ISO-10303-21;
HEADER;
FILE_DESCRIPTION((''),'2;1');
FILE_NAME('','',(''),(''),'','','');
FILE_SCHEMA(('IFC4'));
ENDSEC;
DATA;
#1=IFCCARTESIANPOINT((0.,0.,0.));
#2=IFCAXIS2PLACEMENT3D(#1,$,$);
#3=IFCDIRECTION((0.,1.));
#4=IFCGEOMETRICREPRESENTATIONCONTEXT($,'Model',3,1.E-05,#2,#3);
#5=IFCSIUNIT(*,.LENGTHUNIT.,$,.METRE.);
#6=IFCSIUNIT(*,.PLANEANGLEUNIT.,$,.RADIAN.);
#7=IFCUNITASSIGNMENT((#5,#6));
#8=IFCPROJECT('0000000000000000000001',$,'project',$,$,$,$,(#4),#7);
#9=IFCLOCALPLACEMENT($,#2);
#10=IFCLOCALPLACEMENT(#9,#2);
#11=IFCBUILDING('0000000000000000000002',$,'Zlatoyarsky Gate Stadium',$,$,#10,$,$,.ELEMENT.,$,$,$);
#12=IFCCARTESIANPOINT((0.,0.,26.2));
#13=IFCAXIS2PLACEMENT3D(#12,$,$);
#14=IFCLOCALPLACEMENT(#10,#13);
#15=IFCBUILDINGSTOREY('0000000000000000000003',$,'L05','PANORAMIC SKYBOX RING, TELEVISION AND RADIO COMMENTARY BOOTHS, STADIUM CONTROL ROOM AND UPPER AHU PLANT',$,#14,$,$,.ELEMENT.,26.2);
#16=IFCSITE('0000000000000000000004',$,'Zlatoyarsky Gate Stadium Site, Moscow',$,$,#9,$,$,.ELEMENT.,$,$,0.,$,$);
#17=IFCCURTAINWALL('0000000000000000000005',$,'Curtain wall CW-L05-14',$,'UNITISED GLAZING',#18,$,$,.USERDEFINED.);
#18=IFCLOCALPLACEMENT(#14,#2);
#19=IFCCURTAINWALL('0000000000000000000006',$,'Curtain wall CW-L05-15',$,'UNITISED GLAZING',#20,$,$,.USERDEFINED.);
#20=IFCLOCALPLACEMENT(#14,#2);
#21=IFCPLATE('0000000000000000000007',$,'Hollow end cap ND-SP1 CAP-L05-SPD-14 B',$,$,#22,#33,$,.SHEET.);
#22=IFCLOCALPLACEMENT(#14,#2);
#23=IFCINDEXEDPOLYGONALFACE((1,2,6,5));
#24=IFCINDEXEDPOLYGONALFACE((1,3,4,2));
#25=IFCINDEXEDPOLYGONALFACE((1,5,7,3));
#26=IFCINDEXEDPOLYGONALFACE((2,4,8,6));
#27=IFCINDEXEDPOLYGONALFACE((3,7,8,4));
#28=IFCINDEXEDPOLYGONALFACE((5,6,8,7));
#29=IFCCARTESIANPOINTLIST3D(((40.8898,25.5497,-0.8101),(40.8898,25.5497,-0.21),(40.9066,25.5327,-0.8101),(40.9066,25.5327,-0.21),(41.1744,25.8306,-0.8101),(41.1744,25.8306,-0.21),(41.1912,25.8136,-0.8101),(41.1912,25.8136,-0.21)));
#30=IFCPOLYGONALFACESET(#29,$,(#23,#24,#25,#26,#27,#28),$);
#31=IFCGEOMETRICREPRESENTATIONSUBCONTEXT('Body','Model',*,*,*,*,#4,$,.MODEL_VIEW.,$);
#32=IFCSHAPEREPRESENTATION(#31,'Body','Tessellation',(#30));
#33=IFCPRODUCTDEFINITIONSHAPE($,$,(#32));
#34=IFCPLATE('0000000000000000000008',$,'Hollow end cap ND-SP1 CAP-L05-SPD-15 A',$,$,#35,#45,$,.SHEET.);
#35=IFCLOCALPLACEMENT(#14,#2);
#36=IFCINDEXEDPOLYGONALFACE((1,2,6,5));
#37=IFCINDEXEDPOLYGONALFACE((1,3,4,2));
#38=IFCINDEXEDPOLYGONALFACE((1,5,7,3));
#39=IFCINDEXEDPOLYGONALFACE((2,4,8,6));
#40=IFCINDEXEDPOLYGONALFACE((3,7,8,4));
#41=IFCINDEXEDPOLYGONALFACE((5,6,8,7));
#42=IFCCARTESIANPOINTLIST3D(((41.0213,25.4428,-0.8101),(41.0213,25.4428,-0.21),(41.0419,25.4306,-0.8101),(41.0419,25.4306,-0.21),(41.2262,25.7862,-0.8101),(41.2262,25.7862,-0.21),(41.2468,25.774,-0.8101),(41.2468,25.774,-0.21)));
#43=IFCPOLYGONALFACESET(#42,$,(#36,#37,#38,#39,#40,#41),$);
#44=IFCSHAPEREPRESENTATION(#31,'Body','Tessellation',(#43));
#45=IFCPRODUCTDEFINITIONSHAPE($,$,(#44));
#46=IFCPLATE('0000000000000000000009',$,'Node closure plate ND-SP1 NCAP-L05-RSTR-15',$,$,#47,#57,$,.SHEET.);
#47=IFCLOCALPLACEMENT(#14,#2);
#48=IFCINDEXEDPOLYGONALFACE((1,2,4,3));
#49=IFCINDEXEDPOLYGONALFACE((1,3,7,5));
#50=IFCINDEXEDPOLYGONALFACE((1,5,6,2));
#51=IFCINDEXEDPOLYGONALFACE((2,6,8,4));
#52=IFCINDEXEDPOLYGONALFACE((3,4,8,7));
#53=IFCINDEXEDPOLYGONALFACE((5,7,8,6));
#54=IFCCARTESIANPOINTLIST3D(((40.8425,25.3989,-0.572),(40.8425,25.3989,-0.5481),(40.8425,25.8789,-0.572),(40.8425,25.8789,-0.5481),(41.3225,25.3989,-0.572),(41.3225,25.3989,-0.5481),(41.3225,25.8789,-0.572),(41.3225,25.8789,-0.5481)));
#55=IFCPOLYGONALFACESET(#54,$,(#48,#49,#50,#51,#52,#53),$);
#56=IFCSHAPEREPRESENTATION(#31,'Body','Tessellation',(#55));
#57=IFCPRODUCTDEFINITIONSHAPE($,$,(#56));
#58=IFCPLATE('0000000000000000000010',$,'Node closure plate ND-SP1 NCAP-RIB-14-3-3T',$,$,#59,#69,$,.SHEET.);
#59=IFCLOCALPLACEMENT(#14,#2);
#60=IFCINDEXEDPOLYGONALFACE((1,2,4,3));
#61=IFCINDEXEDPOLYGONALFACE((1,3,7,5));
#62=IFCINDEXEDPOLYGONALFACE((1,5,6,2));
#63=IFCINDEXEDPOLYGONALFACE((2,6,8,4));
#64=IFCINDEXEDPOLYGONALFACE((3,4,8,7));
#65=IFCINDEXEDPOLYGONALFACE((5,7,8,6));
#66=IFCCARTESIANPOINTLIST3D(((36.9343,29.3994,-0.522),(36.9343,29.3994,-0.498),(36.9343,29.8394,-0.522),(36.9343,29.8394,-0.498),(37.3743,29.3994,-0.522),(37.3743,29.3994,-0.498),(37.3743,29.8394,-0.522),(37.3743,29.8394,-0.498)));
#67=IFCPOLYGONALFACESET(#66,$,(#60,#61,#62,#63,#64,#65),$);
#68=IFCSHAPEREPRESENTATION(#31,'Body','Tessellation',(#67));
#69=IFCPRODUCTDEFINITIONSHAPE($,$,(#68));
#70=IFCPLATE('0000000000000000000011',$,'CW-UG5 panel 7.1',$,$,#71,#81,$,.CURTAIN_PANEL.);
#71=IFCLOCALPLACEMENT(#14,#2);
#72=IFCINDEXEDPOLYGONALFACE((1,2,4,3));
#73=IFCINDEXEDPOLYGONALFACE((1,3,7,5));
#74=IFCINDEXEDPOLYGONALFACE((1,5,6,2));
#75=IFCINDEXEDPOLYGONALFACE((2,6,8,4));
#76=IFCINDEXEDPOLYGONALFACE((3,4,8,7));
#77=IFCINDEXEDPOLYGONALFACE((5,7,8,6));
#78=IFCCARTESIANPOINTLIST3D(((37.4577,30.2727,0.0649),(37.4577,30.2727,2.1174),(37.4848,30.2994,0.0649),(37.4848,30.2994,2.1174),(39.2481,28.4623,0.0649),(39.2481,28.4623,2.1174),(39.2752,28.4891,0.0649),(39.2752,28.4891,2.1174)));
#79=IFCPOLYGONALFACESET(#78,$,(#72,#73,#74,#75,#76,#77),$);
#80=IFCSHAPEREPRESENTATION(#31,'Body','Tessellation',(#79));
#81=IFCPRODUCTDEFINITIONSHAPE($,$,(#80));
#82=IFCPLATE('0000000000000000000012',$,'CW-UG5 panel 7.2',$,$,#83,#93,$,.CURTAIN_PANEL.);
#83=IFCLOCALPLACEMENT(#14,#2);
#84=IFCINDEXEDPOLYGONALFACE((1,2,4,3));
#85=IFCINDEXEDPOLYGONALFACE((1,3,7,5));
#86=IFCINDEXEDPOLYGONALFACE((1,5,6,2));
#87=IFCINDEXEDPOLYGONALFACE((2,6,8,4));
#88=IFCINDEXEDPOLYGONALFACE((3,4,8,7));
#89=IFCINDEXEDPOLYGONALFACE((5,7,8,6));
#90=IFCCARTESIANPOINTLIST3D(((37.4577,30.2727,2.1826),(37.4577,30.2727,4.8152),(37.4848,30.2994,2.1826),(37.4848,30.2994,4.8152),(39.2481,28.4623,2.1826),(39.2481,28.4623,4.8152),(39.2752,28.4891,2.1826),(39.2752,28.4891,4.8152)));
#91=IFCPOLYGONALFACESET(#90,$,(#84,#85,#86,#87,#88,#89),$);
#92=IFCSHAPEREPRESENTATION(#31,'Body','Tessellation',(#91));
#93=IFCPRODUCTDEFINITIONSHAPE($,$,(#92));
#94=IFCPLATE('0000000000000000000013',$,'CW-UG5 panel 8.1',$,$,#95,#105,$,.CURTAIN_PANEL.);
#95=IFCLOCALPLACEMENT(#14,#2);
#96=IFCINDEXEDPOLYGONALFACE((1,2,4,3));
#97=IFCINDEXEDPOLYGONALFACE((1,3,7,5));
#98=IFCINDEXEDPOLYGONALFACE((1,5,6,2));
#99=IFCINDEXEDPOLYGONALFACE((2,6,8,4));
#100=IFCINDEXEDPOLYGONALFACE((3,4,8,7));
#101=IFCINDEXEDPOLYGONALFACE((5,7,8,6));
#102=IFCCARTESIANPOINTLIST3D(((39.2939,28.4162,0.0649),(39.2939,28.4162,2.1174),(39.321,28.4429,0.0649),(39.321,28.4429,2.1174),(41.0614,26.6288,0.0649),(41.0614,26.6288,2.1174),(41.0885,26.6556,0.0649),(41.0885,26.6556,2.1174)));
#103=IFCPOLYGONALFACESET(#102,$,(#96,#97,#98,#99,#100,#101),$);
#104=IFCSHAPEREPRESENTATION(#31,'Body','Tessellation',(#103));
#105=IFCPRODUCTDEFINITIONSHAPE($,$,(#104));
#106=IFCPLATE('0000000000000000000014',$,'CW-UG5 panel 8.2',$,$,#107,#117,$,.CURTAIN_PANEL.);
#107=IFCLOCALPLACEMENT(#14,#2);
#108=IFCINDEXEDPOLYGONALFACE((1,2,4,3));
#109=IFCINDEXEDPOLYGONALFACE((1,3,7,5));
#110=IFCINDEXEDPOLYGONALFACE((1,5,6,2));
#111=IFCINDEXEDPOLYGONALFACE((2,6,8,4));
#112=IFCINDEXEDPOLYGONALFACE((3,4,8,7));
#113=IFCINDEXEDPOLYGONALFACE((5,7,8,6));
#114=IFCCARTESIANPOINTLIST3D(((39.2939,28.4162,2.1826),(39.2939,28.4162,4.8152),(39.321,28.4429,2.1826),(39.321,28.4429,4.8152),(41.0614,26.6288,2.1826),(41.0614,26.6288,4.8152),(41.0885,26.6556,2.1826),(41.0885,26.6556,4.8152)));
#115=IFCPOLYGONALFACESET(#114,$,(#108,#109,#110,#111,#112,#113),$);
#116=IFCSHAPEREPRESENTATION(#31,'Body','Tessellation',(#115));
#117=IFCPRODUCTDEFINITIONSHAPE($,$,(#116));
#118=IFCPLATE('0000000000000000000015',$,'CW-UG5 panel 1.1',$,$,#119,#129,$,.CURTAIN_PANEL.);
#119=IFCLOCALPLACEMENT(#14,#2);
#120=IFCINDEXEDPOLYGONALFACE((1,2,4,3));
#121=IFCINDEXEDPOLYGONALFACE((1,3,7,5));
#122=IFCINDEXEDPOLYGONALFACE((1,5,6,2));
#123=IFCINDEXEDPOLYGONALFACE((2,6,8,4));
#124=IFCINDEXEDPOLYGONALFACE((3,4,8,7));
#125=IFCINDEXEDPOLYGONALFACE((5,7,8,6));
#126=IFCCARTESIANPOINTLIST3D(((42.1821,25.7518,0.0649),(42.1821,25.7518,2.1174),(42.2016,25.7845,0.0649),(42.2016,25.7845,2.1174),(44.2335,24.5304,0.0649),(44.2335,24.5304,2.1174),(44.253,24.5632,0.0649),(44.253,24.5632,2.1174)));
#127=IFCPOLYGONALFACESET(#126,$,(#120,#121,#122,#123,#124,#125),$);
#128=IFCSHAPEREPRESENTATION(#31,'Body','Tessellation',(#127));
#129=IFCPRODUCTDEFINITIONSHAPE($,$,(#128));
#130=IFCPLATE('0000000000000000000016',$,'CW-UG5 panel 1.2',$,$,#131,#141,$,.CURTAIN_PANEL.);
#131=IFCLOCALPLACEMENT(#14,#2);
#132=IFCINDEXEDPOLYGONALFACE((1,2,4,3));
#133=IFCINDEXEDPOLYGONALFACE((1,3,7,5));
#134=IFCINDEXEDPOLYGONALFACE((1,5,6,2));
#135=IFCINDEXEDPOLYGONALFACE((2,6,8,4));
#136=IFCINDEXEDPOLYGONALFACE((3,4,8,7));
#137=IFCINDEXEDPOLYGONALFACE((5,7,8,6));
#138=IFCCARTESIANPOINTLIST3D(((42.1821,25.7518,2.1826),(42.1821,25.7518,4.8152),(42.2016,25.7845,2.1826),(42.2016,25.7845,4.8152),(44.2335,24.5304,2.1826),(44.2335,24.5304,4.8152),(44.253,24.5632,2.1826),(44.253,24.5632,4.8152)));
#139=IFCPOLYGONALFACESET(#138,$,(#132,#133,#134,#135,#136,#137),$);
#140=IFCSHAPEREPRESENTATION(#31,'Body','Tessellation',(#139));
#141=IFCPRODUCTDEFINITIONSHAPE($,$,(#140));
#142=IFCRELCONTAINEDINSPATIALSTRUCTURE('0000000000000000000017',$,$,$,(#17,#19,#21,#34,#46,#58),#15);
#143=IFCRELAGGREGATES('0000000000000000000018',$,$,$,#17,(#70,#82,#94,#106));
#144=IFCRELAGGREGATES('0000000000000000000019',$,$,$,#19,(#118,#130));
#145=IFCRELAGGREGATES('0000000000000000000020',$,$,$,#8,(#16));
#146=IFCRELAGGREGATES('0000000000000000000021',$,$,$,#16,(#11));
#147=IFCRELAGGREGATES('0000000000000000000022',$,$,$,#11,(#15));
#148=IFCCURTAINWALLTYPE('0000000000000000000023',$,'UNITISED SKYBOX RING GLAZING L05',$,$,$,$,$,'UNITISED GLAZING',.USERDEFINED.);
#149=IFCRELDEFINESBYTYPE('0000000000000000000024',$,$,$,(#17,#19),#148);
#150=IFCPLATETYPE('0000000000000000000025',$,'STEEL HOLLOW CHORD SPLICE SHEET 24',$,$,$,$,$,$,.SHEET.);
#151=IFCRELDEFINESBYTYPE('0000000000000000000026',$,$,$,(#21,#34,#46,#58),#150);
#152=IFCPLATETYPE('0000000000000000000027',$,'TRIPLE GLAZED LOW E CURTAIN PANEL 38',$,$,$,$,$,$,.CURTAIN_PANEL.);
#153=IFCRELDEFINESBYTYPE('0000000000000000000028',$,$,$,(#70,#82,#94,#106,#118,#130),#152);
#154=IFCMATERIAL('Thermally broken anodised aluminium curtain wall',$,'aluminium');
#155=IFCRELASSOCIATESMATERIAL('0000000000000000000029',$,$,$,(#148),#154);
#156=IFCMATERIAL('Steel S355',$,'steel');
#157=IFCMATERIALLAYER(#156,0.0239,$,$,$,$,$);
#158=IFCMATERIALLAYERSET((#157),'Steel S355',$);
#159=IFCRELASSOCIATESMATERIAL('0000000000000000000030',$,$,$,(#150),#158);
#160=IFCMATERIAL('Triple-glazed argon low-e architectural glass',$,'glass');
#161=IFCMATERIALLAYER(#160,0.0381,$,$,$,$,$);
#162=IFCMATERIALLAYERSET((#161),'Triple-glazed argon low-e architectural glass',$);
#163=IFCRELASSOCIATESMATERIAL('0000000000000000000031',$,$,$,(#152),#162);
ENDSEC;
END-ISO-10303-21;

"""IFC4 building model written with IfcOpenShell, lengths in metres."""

from ifc_helpers import new_model, si_unit, direction, frame, origin, origin_2d, place, context, subcontext, project, spatial, rectangle, extrude, material, layer, layer_set, type_object, element, aggregate, save


model = new_model("IFC4")

# Units and contexts
model_context = context("Model", 3, precision=1e-05, world=origin(), true_north=direction((0.0, 1.0)))
body_context = subcontext(model_context, "Body", "Model", "MODEL_VIEW")
ifc_project = project(units=[si_unit("LENGTHUNIT", "METRE"), si_unit("PLANEANGLEUNIT", "RADIAN")], contexts=[model_context])

# Site, building, storey
site_placement = place(None, origin())
site = spatial("IfcSite", under=ifc_project, at=site_placement, Name="Zlatoyarsky Gate Stadium Site, Moscow", CompositionType="ELEMENT", RefElevation=0.0)
building_placement = place(site_placement, origin())
building = spatial("IfcBuilding", under=site, at=building_placement, Name="Zlatoyarsky Gate Stadium", CompositionType="ELEMENT")
storey_placement = place(building_placement, frame((0.0, 0.0, 26.2)))
storey = spatial("IfcBuildingStorey", under=building, at=storey_placement, Name="L05", Description="PANORAMIC SKYBOX RING, TELEVISION AND RADIO COMMENTARY BOOTHS, STADIUM CONTROL ROOM AND UPPER AHU PLANT", CompositionType="ELEMENT", Elevation=26.2)

# Curtain walls
ifc_material_1 = material(Name="Thermally broken anodised aluminium curtain wall", Category="aluminium")
curtain_wall_type = type_object("IfcCurtainWallType", Name="UNITISED SKYBOX RING GLAZING L05", ElementType="UNITISED GLAZING", PredefinedType="USERDEFINED", material=ifc_material_1)
curtain_wall_1_placement = place(storey_placement, origin())
curtain_wall_1 = element("IfcCurtainWall", 1, at=curtain_wall_1_placement, inside=storey, type_object=curtain_wall_type, Name="Curtain wall CW-L05-14", ObjectType="UNITISED GLAZING", PredefinedType="USERDEFINED")
curtain_wall_2_placement = place(storey_placement, origin())
curtain_wall_2 = element("IfcCurtainWall", 2, at=curtain_wall_2_placement, inside=storey, type_object=curtain_wall_type, Name="Curtain wall CW-L05-15", ObjectType="UNITISED GLAZING", PredefinedType="USERDEFINED")

# Shared definitions
ifc_material_2 = material(Name="Steel S355", Category="steel")

# Plates
ifc_layer_1 = layer(ifc_material_2, 0.0239)
ifc_layer_set_1 = layer_set([ifc_layer_1], Name="Steel S355")
plate_type_1 = type_object("IfcPlateType", Name="STEEL HOLLOW CHORD SPLICE SHEET 24", PredefinedType="SHEET", material=ifc_layer_set_1)
for number, where, z_axis, x_axis, name in (
    (3, (41.0405, 25.6816, -0.8101), (0.0, 0.0, 1.0), (0.702431, -0.711752, 0.0), "Hollow end cap ND-SP1 CAP-L05-SPD-14 B"),
    (4, (41.134, 25.6084, -0.8101), (0.0, 0.0, 1.0), (0.858778, -0.512349, 0.0), "Hollow end cap ND-SP1 CAP-L05-SPD-15 A"),
):
    element("IfcPlate", number, at=place(storey_placement, frame(where, z_axis=z_axis, x_axis=x_axis)), inside=storey, type_object=plate_type_1, Name=name, PredefinedType="SHEET", context=body_context, shape_type="SweptSolid", body=[
        extrude(rectangle(XDim=0.0239, YDim=0.3999, at=origin_2d()), origin(), (0.0, 0.0, 1.0), 0.6001),
    ])
plate_1_placement = place(storey_placement, frame((41.0825, 25.6389, -0.572), z_axis=(0.0, 0.0, 1.0), x_axis=(1.0, 0.0, 0.0)))
element("IfcPlate", 5, at=plate_1_placement, inside=storey, type_object=plate_type_1, Name="Node closure plate ND-SP1 NCAP-L05-RSTR-15", PredefinedType="SHEET", context=body_context, shape_type="SweptSolid", body=[
    extrude(rectangle(XDim=0.48, YDim=0.48, at=origin_2d()), origin(), (0.0, 0.0, 1.0), 0.0239),
])
plate_2_placement = place(storey_placement, frame((37.1543, 29.6194, -0.522), z_axis=(0.0, 0.0, 1.0), x_axis=(1.0, 0.0, 0.0)))
element("IfcPlate", 6, at=plate_2_placement, inside=storey, type_object=plate_type_1, Name="Node closure plate ND-SP1 NCAP-RIB-14-3-3T", PredefinedType="SHEET", context=body_context, shape_type="SweptSolid", body=[
    extrude(rectangle(XDim=0.4399, YDim=0.4399, at=origin_2d()), origin(), (0.0, 0.0, 1.0), 0.0239),
])

# Plates
ifc_material_3 = material(Name="Triple-glazed argon low-e architectural glass", Category="glass")
ifc_layer_2 = layer(ifc_material_3, 0.0381)
ifc_layer_set_2 = layer_set([ifc_layer_2], Name="Triple-glazed argon low-e architectural glass")
plate_type_2 = type_object("IfcPlateType", Name="TRIPLE GLAZED LOW E CURTAIN PANEL 38", PredefinedType="CURTAIN_PANEL", material=ifc_layer_set_2)
plate_3_placement = place(storey_placement, frame((38.3665, 29.3809, 0.0649), z_axis=(0.0, 0.0, 1.0), x_axis=(0.703156, -0.711036, 0.0)))
plate_3 = element("IfcPlate", 7, at=plate_3_placement, type_object=plate_type_2, Name="CW-UG5 panel 7.1", PredefinedType="CURTAIN_PANEL", context=body_context, shape_type="SweptSolid", body=[
    extrude(rectangle(XDim=2.5461, YDim=0.0381, at=origin_2d()), origin(), (0.0, 0.0, 1.0), 2.0525),
])
plate_4_placement = place(storey_placement, frame((38.3665, 29.3809, 2.1826), z_axis=(0.0, 0.0, 1.0), x_axis=(0.703156, -0.711036, 0.0)))
plate_4 = element("IfcPlate", 8, at=plate_4_placement, type_object=plate_type_2, Name="CW-UG5 panel 7.2", PredefinedType="CURTAIN_PANEL", context=body_context, shape_type="SweptSolid", body=[
    extrude(rectangle(XDim=2.5461, YDim=0.0381, at=origin_2d()), origin(), (0.0, 0.0, 1.0), 2.6326),
])
plate_5_placement = place(storey_placement, frame((40.1912, 27.5359, 0.0649), z_axis=(0.0, 0.0, 1.0), x_axis=(0.703156, -0.711036, 0.0)))
plate_5 = element("IfcPlate", 9, at=plate_5_placement, type_object=plate_type_2, Name="CW-UG5 panel 8.1", PredefinedType="CURTAIN_PANEL", context=body_context, shape_type="SweptSolid", body=[
    extrude(rectangle(XDim=2.5137, YDim=0.0381, at=origin_2d()), origin(), (0.0, 0.0, 1.0), 2.0525),
])
plate_6_placement = place(storey_placement, frame((40.1912, 27.5359, 2.1826), z_axis=(0.0, 0.0, 1.0), x_axis=(0.703156, -0.711036, 0.0)))
plate_6 = element("IfcPlate", 10, at=plate_6_placement, type_object=plate_type_2, Name="CW-UG5 panel 8.2", PredefinedType="CURTAIN_PANEL", context=body_context, shape_type="SweptSolid", body=[
    extrude(rectangle(XDim=2.5137, YDim=0.0381, at=origin_2d()), origin(), (0.0, 0.0, 1.0), 2.6326),
])
aggregate(curtain_wall_1, [plate_3, plate_4, plate_5, plate_6])
plate_7_placement = place(storey_placement, frame((43.2175, 25.1575, 0.0649), z_axis=(0.0, 0.0, 1.0), x_axis=(0.859237, -0.511577, 0.0)))
plate_7 = element("IfcPlate", 11, at=plate_7_placement, type_object=plate_type_2, Name="CW-UG5 panel 1.1", PredefinedType="CURTAIN_PANEL", context=body_context, shape_type="SweptSolid", body=[
    extrude(rectangle(XDim=2.3875, YDim=0.0381, at=origin_2d()), origin(), (0.0, 0.0, 1.0), 2.0525),
])
plate_8_placement = place(storey_placement, frame((43.2175, 25.1575, 2.1826), z_axis=(0.0, 0.0, 1.0), x_axis=(0.859237, -0.511577, 0.0)))
plate_8 = element("IfcPlate", 12, at=plate_8_placement, type_object=plate_type_2, Name="CW-UG5 panel 1.2", PredefinedType="CURTAIN_PANEL", context=body_context, shape_type="SweptSolid", body=[
    extrude(rectangle(XDim=2.3875, YDim=0.0381, at=origin_2d()), origin(), (0.0, 0.0, 1.0), 2.6326),
])
aggregate(curtain_wall_2, [plate_7, plate_8])

save(model, "model.ifc")
